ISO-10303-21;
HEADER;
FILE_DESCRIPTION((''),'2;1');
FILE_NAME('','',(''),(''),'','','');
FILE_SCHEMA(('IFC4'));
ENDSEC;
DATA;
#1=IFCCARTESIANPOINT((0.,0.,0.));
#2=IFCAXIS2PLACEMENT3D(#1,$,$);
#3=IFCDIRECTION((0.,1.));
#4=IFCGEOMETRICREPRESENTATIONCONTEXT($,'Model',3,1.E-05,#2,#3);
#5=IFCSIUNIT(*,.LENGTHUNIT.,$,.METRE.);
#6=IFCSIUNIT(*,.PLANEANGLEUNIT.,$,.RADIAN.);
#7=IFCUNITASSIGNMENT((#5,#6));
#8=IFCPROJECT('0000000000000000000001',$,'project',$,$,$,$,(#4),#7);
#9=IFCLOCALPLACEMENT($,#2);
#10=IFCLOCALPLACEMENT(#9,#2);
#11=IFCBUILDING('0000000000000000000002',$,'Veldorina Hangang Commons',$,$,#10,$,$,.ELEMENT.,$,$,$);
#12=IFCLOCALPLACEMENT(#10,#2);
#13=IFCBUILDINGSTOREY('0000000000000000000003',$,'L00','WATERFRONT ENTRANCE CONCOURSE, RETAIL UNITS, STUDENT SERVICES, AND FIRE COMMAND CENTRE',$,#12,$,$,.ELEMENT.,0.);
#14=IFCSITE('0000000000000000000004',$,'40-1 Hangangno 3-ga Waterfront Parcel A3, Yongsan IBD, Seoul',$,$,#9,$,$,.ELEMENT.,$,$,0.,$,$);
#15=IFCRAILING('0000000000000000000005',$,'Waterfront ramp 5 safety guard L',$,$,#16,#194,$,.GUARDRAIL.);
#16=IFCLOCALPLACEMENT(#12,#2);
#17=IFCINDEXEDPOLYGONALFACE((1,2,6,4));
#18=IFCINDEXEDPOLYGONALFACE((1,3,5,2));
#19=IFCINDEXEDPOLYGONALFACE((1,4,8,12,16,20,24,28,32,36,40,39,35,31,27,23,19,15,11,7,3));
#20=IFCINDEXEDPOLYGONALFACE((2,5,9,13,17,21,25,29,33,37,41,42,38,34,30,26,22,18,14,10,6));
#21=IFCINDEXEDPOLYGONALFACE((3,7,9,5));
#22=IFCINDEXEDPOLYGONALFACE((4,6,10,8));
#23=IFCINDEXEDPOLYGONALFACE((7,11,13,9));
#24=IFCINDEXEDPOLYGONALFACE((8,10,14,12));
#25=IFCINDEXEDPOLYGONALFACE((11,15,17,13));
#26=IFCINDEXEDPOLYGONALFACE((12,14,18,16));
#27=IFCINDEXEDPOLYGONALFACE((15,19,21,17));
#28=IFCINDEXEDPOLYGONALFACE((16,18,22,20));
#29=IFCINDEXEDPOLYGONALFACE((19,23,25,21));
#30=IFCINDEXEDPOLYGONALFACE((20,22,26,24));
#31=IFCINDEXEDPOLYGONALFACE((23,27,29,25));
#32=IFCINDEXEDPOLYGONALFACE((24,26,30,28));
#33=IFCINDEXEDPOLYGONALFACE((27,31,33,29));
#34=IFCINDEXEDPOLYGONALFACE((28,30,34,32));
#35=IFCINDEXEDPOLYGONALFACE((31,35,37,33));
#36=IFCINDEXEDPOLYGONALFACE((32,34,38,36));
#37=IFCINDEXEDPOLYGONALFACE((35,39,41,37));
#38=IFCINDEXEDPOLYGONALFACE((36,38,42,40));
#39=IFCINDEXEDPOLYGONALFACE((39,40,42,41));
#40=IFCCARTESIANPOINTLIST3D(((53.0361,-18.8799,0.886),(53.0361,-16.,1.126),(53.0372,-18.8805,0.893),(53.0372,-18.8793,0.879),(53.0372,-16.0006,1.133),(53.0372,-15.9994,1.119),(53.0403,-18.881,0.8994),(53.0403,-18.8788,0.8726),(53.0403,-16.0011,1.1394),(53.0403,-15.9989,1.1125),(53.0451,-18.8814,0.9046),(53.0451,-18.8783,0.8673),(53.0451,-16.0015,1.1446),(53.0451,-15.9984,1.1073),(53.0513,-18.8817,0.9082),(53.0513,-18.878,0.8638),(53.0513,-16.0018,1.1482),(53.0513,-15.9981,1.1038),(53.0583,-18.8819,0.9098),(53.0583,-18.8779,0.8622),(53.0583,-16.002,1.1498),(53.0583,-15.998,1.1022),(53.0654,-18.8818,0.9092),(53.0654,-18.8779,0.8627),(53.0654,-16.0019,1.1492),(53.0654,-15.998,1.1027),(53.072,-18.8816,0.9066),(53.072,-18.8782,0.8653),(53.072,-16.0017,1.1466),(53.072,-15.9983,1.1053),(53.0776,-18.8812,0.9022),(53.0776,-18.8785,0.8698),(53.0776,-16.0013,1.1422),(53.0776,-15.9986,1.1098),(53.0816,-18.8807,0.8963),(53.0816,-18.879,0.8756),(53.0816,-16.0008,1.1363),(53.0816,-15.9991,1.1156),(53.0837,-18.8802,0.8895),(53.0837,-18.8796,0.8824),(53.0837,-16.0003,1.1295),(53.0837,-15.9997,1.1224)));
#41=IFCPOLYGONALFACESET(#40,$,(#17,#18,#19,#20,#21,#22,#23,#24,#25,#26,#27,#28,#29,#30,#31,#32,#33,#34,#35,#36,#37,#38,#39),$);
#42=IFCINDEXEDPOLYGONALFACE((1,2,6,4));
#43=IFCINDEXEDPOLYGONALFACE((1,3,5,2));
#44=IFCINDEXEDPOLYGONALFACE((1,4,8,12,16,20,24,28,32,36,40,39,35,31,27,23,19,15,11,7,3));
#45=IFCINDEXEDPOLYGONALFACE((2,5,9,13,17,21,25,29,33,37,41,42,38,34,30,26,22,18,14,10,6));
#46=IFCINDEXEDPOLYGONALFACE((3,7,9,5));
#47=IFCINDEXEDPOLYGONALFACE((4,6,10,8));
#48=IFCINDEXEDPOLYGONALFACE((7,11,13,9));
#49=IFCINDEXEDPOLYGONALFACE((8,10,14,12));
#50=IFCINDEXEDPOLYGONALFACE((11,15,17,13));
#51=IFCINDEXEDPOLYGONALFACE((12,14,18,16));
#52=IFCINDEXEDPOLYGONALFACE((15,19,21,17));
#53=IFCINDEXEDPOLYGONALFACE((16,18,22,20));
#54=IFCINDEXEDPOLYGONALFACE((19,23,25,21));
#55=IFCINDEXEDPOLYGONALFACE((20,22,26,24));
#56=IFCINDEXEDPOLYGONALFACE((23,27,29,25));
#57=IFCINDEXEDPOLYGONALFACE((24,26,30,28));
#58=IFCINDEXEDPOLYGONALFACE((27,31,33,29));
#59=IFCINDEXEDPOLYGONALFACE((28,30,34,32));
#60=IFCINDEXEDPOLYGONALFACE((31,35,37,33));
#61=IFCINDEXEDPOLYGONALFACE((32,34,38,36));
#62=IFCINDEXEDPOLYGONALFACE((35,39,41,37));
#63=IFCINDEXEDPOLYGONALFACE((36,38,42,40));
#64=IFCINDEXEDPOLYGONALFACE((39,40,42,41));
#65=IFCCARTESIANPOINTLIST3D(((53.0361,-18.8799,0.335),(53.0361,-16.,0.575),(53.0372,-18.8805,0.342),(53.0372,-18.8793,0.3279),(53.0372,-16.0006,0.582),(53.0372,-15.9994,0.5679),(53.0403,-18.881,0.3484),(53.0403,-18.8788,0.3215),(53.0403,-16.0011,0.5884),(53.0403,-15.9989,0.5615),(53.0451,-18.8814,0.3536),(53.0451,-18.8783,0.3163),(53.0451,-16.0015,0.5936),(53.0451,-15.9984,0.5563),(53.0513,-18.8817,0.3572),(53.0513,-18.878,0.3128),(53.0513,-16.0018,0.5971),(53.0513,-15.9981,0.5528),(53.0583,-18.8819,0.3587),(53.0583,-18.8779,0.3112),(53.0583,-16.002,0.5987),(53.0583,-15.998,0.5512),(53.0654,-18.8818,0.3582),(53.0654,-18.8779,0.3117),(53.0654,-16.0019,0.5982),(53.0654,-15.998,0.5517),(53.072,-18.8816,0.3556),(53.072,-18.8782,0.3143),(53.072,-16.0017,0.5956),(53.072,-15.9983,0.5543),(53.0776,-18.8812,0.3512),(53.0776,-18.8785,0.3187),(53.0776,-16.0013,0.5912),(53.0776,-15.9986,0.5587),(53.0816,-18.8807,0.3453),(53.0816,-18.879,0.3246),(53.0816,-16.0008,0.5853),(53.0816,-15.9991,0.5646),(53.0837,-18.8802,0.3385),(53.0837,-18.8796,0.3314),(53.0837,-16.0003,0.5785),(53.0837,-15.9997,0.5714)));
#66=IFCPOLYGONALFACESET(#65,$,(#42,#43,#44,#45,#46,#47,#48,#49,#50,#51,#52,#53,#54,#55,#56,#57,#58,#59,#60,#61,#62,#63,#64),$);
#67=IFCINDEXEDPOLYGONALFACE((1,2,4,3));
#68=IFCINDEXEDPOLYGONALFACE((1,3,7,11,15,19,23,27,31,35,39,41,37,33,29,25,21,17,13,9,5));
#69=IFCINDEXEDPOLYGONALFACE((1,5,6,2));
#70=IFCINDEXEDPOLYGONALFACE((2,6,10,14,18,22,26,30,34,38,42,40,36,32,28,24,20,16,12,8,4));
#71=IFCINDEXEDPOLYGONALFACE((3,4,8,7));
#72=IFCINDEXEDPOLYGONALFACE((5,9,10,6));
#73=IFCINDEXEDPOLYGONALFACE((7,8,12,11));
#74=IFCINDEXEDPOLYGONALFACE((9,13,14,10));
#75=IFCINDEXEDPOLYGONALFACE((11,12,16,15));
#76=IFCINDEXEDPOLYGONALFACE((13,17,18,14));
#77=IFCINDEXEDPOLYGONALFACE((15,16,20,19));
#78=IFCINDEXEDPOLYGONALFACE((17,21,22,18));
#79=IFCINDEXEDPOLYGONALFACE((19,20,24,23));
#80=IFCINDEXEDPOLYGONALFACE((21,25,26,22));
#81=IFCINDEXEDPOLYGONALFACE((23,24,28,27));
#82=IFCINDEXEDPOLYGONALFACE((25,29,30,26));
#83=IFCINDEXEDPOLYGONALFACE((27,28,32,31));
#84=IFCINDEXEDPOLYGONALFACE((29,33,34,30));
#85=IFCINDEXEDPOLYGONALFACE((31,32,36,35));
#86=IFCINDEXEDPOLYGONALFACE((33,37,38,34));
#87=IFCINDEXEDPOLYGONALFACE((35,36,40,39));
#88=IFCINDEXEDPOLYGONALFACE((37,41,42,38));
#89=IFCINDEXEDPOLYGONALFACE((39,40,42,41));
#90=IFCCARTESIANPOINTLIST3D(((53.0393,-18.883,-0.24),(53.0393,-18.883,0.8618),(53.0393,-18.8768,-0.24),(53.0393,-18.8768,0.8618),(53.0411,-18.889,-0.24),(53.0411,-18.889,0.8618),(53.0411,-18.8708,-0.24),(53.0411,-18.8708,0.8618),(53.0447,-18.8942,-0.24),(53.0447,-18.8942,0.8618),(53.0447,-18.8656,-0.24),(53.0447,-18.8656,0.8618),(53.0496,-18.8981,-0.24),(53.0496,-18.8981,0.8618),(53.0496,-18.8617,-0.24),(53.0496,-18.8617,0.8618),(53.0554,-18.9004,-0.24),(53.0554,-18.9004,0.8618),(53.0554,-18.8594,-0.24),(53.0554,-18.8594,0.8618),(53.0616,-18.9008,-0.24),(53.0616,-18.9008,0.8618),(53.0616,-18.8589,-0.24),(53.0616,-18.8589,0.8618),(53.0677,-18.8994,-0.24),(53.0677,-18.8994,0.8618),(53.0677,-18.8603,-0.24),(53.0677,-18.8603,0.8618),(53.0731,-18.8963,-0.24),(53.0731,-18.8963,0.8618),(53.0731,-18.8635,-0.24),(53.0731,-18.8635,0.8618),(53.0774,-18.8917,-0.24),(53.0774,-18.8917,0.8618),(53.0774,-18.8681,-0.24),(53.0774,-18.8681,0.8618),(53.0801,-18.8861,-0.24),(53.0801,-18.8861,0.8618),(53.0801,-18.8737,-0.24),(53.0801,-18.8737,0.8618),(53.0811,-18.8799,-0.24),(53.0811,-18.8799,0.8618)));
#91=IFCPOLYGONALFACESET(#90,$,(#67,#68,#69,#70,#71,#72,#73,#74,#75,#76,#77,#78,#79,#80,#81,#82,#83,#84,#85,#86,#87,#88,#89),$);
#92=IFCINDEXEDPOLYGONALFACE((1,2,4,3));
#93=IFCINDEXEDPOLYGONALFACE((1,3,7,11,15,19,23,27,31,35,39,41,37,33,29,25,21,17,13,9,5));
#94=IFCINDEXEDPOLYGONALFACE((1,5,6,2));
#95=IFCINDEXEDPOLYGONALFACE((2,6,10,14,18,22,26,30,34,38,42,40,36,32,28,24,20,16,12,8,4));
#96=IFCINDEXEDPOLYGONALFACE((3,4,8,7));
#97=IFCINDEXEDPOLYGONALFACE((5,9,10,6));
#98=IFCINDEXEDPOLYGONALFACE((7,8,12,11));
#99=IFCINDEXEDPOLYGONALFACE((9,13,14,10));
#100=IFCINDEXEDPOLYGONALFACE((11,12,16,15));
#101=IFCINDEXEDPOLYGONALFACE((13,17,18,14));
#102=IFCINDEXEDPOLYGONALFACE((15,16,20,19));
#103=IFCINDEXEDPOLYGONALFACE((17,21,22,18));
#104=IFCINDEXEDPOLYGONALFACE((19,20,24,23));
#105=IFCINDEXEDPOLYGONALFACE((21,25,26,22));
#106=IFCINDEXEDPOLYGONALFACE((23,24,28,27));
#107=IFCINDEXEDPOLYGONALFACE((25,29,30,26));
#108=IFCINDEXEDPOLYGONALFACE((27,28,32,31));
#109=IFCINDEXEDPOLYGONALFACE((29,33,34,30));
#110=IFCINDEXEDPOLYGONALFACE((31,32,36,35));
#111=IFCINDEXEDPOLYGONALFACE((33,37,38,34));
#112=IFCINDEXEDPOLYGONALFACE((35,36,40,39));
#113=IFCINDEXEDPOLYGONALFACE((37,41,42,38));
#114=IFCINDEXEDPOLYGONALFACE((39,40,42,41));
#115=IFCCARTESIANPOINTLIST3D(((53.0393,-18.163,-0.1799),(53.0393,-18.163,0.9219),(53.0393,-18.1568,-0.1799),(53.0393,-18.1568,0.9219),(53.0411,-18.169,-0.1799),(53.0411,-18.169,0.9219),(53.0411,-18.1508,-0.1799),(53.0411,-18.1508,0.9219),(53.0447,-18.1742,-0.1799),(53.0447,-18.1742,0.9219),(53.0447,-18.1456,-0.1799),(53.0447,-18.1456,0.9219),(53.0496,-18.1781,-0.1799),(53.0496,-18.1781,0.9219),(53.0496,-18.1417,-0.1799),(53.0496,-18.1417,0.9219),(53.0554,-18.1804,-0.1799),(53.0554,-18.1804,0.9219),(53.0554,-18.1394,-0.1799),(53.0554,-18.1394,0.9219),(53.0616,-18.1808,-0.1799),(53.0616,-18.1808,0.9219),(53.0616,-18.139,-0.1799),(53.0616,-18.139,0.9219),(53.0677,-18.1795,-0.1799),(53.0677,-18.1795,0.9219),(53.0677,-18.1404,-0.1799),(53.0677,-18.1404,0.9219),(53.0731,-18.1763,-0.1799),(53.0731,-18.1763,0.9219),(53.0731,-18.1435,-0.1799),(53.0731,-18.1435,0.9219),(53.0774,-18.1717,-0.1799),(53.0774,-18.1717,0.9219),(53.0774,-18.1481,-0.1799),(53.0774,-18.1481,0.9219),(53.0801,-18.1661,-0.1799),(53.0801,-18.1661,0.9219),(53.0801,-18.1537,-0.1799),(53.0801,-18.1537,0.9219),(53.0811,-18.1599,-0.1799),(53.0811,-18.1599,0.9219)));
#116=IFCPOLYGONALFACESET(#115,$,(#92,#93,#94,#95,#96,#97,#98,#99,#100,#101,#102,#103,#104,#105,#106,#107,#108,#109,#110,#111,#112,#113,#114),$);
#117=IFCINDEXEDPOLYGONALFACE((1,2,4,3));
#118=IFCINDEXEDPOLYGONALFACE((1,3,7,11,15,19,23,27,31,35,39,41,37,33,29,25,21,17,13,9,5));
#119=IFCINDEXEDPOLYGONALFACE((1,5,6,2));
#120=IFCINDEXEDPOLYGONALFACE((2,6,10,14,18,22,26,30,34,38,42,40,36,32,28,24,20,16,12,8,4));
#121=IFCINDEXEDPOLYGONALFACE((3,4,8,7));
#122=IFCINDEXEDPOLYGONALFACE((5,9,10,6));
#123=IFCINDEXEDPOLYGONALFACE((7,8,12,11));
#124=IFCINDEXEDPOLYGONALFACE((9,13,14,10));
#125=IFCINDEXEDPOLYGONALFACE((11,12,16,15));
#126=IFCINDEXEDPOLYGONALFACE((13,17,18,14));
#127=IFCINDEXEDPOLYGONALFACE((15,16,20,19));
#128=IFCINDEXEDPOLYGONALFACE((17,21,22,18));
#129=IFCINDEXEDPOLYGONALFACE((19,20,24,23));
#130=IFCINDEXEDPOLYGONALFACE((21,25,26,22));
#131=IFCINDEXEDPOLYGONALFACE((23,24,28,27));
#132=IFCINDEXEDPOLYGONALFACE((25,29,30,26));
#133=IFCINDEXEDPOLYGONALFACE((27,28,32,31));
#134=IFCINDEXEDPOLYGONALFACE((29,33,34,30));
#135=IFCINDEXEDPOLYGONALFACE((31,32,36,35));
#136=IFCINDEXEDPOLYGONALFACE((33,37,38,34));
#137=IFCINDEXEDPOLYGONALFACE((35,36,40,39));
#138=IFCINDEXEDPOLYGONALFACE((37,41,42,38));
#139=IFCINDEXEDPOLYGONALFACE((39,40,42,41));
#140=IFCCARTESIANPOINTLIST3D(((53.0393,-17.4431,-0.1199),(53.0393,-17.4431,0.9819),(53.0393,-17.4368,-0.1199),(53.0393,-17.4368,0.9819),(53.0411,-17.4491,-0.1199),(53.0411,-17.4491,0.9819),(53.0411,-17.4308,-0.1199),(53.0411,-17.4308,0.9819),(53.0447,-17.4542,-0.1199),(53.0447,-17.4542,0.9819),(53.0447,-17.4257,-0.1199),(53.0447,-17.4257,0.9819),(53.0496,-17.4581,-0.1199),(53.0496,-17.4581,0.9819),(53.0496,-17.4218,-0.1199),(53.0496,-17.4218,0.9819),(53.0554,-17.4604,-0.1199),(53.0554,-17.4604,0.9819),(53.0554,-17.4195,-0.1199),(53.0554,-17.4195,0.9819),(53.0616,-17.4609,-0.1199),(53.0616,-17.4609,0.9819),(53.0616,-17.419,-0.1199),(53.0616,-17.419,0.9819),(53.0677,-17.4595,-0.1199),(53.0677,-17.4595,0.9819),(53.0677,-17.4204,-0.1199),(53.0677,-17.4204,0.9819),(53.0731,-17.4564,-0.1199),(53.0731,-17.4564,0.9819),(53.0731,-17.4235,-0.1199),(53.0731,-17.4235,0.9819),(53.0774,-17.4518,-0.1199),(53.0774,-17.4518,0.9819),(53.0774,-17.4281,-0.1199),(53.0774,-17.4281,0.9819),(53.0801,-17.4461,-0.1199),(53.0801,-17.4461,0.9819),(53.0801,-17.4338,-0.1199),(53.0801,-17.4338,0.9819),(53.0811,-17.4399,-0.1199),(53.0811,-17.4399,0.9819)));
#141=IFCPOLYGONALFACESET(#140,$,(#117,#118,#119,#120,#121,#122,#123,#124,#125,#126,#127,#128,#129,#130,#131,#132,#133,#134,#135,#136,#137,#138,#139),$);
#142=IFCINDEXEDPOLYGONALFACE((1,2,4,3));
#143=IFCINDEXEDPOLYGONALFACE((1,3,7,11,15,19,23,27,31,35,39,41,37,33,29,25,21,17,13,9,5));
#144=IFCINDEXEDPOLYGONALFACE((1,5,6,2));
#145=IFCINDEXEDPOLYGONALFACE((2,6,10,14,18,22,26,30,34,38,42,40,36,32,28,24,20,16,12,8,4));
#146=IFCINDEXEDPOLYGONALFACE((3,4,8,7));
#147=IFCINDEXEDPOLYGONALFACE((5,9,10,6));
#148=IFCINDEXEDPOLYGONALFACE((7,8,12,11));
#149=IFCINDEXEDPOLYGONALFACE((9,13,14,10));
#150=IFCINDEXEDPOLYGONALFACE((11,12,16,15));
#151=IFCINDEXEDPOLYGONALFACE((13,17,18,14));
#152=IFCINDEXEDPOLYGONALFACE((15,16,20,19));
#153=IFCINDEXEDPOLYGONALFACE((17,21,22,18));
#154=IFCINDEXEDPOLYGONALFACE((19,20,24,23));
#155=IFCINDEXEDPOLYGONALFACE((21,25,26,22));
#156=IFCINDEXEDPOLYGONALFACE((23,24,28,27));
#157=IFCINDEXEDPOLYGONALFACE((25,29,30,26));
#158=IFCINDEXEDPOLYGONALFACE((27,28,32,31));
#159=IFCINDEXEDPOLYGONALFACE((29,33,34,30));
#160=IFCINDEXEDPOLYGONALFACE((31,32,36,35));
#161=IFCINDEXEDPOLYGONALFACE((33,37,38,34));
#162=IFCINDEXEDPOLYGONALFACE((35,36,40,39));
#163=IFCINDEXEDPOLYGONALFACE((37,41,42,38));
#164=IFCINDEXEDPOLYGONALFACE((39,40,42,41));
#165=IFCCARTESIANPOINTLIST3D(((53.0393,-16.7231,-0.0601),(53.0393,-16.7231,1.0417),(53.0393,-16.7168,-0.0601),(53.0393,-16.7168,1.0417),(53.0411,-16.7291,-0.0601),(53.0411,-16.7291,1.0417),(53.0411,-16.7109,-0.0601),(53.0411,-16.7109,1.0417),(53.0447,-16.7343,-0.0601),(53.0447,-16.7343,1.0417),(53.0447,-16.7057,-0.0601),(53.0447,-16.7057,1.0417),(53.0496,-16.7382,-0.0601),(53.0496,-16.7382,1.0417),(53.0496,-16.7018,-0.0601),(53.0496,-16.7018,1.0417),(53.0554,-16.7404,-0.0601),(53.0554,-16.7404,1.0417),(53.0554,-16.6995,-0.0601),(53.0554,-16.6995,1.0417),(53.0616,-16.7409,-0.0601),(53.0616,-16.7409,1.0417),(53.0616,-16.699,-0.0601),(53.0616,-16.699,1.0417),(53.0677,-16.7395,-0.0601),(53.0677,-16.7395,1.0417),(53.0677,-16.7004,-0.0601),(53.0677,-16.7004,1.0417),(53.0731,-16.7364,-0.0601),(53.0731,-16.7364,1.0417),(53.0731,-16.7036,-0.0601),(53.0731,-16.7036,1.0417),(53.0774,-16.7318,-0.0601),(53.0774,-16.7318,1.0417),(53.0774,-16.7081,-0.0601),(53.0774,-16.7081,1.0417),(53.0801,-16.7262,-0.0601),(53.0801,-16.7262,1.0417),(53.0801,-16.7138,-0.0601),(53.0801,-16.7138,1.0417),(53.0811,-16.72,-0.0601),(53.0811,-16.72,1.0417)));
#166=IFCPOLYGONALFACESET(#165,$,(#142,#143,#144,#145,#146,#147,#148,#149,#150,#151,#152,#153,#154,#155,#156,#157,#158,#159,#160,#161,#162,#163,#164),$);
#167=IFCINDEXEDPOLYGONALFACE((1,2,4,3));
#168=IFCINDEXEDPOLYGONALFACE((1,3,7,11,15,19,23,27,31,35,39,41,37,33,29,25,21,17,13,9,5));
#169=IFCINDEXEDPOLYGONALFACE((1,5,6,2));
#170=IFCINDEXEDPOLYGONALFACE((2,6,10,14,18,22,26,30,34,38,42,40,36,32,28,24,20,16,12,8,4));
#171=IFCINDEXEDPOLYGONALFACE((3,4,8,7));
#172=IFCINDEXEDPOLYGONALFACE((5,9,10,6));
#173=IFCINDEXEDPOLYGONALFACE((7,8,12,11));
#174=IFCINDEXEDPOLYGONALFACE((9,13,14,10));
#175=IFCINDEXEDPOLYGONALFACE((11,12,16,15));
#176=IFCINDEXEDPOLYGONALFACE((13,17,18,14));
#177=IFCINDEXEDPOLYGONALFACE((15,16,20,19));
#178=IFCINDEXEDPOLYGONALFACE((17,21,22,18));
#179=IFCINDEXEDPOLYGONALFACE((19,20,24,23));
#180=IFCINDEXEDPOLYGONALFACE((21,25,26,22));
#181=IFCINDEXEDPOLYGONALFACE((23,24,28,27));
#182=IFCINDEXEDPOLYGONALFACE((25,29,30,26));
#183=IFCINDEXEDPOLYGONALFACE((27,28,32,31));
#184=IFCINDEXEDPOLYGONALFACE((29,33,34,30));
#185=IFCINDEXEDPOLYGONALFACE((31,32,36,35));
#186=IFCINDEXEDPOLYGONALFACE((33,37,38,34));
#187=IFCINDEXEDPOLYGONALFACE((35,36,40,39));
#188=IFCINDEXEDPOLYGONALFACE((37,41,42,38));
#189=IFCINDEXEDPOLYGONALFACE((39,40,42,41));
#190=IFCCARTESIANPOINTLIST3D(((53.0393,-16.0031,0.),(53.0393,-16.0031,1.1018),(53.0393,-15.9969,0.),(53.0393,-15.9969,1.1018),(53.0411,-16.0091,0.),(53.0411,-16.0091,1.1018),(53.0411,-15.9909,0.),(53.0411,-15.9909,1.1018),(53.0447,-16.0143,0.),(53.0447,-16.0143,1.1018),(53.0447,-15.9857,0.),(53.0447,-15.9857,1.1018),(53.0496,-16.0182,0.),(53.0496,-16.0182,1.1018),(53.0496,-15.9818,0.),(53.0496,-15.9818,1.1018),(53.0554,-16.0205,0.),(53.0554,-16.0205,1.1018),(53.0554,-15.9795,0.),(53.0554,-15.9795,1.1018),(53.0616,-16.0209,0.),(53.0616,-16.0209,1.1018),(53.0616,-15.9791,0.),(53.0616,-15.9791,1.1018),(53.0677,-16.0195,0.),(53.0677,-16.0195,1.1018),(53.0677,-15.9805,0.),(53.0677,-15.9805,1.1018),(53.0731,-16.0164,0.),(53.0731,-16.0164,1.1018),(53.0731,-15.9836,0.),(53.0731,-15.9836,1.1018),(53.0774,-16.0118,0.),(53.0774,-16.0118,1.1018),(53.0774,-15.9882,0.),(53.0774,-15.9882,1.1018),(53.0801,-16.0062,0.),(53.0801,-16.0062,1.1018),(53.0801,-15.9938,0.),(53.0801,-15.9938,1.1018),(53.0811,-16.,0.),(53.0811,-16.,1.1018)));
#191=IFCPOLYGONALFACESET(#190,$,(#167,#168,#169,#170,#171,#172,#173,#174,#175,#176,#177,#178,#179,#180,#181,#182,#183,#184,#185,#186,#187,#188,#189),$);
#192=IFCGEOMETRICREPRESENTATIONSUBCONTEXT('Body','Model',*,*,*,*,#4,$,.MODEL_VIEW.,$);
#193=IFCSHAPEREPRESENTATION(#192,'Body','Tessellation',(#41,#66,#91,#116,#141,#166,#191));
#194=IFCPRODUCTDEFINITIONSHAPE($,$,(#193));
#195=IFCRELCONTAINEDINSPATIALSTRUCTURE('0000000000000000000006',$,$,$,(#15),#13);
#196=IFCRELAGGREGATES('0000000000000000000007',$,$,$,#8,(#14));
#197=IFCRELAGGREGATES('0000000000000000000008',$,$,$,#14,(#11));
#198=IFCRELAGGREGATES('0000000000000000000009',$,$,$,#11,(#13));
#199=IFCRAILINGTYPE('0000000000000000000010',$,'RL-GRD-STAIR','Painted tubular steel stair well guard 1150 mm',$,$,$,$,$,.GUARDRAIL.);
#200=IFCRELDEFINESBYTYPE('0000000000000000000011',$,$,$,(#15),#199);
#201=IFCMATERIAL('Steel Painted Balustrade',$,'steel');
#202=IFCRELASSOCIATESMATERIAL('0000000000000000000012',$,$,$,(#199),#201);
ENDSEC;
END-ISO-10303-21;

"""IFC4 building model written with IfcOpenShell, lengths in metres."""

from ifc_helpers import new_model, si_unit, direction, frame, origin, origin_2d, place, context, subcontext, project, spatial, circle, extrude, material, type_object, element, save


model = new_model("IFC4")

# Units and contexts
model_context = context("Model", 3, precision=1e-05, world=origin(), true_north=direction((0.0, 1.0)))
body_context = subcontext(model_context, "Body", "Model", "MODEL_VIEW")
ifc_project = project(units=[si_unit("LENGTHUNIT", "METRE"), si_unit("PLANEANGLEUNIT", "RADIAN")], contexts=[model_context])

# Site, building, storey
site_placement = place(None, origin())
site = spatial("IfcSite", under=ifc_project, at=site_placement, Name="40-1 Hangangno 3-ga Waterfront Parcel A3, Yongsan IBD, Seoul", CompositionType="ELEMENT", RefElevation=0.0)
building_placement = place(site_placement, origin())
building = spatial("IfcBuilding", under=site, at=building_placement, Name="Veldorina Hangang Commons", CompositionType="ELEMENT")
storey_placement = place(building_placement, origin())
storey = spatial("IfcBuildingStorey", under=building, at=storey_placement, Name="L00", Description="WATERFRONT ENTRANCE CONCOURSE, RETAIL UNITS, STUDENT SERVICES, AND FIRE COMMAND CENTRE", CompositionType="ELEMENT", Elevation=0.0)

# Railing
ifc_material_1 = material(Name="Steel Painted Balustrade", Category="steel")
railing_type_1 = type_object("IfcRailingType", Name="RL-GRD-STAIR", Description="Painted tubular steel stair well guard 1150 mm", PredefinedType="GUARDRAIL", material=ifc_material_1)
for number, where, name in (
    (1, (53.0601, -18.8799, -0.24), "Waterfront ramp 5 safety guard L"),
):
    element("IfcRailing", number, at=place(storey_placement, frame(where)), inside=storey, type_object=railing_type_1, Name=name, PredefinedType="GUARDRAIL", context=body_context, shape_type="SweptSolid", body=[
        extrude(circle(Radius=0.0239, at=origin_2d()), frame((0.0, 0.0, 1.126), z_axis=(0.0, 0.996546, 0.083045), x_axis=(-1.0, 0.0, 0.0)), (0.0, 0.0, 1.0), 2.8899),
        extrude(circle(Radius=0.0239, at=origin_2d()), frame((0.0, 0.0, 0.575), z_axis=(0.0, 0.996546, 0.083045), x_axis=(-1.0, 0.0, 0.0)), (0.0, 0.0, 1.0), 2.8899),
        extrude(circle(Radius=0.021, at=origin_2d()), origin(), (0.0, 0.0, 1.0), 1.1018),
        extrude(circle(Radius=0.021, at=origin_2d()), frame((0.0, 0.72, 0.0601)), (0.0, 0.0, 1.0), 1.1018),
        extrude(circle(Radius=0.021, at=origin_2d()), frame((0.0, 1.4399, 0.1201)), (0.0, 0.0, 1.0), 1.1018),
        extrude(circle(Radius=0.021, at=origin_2d()), frame((0.0, 2.1599, 0.1799)), (0.0, 0.0, 1.0), 1.1018),
        extrude(circle(Radius=0.021, at=origin_2d()), frame((0.0, 2.8799, 0.24)), (0.0, 0.0, 1.0), 1.1018),
    ])

save(model, "model.ifc")
